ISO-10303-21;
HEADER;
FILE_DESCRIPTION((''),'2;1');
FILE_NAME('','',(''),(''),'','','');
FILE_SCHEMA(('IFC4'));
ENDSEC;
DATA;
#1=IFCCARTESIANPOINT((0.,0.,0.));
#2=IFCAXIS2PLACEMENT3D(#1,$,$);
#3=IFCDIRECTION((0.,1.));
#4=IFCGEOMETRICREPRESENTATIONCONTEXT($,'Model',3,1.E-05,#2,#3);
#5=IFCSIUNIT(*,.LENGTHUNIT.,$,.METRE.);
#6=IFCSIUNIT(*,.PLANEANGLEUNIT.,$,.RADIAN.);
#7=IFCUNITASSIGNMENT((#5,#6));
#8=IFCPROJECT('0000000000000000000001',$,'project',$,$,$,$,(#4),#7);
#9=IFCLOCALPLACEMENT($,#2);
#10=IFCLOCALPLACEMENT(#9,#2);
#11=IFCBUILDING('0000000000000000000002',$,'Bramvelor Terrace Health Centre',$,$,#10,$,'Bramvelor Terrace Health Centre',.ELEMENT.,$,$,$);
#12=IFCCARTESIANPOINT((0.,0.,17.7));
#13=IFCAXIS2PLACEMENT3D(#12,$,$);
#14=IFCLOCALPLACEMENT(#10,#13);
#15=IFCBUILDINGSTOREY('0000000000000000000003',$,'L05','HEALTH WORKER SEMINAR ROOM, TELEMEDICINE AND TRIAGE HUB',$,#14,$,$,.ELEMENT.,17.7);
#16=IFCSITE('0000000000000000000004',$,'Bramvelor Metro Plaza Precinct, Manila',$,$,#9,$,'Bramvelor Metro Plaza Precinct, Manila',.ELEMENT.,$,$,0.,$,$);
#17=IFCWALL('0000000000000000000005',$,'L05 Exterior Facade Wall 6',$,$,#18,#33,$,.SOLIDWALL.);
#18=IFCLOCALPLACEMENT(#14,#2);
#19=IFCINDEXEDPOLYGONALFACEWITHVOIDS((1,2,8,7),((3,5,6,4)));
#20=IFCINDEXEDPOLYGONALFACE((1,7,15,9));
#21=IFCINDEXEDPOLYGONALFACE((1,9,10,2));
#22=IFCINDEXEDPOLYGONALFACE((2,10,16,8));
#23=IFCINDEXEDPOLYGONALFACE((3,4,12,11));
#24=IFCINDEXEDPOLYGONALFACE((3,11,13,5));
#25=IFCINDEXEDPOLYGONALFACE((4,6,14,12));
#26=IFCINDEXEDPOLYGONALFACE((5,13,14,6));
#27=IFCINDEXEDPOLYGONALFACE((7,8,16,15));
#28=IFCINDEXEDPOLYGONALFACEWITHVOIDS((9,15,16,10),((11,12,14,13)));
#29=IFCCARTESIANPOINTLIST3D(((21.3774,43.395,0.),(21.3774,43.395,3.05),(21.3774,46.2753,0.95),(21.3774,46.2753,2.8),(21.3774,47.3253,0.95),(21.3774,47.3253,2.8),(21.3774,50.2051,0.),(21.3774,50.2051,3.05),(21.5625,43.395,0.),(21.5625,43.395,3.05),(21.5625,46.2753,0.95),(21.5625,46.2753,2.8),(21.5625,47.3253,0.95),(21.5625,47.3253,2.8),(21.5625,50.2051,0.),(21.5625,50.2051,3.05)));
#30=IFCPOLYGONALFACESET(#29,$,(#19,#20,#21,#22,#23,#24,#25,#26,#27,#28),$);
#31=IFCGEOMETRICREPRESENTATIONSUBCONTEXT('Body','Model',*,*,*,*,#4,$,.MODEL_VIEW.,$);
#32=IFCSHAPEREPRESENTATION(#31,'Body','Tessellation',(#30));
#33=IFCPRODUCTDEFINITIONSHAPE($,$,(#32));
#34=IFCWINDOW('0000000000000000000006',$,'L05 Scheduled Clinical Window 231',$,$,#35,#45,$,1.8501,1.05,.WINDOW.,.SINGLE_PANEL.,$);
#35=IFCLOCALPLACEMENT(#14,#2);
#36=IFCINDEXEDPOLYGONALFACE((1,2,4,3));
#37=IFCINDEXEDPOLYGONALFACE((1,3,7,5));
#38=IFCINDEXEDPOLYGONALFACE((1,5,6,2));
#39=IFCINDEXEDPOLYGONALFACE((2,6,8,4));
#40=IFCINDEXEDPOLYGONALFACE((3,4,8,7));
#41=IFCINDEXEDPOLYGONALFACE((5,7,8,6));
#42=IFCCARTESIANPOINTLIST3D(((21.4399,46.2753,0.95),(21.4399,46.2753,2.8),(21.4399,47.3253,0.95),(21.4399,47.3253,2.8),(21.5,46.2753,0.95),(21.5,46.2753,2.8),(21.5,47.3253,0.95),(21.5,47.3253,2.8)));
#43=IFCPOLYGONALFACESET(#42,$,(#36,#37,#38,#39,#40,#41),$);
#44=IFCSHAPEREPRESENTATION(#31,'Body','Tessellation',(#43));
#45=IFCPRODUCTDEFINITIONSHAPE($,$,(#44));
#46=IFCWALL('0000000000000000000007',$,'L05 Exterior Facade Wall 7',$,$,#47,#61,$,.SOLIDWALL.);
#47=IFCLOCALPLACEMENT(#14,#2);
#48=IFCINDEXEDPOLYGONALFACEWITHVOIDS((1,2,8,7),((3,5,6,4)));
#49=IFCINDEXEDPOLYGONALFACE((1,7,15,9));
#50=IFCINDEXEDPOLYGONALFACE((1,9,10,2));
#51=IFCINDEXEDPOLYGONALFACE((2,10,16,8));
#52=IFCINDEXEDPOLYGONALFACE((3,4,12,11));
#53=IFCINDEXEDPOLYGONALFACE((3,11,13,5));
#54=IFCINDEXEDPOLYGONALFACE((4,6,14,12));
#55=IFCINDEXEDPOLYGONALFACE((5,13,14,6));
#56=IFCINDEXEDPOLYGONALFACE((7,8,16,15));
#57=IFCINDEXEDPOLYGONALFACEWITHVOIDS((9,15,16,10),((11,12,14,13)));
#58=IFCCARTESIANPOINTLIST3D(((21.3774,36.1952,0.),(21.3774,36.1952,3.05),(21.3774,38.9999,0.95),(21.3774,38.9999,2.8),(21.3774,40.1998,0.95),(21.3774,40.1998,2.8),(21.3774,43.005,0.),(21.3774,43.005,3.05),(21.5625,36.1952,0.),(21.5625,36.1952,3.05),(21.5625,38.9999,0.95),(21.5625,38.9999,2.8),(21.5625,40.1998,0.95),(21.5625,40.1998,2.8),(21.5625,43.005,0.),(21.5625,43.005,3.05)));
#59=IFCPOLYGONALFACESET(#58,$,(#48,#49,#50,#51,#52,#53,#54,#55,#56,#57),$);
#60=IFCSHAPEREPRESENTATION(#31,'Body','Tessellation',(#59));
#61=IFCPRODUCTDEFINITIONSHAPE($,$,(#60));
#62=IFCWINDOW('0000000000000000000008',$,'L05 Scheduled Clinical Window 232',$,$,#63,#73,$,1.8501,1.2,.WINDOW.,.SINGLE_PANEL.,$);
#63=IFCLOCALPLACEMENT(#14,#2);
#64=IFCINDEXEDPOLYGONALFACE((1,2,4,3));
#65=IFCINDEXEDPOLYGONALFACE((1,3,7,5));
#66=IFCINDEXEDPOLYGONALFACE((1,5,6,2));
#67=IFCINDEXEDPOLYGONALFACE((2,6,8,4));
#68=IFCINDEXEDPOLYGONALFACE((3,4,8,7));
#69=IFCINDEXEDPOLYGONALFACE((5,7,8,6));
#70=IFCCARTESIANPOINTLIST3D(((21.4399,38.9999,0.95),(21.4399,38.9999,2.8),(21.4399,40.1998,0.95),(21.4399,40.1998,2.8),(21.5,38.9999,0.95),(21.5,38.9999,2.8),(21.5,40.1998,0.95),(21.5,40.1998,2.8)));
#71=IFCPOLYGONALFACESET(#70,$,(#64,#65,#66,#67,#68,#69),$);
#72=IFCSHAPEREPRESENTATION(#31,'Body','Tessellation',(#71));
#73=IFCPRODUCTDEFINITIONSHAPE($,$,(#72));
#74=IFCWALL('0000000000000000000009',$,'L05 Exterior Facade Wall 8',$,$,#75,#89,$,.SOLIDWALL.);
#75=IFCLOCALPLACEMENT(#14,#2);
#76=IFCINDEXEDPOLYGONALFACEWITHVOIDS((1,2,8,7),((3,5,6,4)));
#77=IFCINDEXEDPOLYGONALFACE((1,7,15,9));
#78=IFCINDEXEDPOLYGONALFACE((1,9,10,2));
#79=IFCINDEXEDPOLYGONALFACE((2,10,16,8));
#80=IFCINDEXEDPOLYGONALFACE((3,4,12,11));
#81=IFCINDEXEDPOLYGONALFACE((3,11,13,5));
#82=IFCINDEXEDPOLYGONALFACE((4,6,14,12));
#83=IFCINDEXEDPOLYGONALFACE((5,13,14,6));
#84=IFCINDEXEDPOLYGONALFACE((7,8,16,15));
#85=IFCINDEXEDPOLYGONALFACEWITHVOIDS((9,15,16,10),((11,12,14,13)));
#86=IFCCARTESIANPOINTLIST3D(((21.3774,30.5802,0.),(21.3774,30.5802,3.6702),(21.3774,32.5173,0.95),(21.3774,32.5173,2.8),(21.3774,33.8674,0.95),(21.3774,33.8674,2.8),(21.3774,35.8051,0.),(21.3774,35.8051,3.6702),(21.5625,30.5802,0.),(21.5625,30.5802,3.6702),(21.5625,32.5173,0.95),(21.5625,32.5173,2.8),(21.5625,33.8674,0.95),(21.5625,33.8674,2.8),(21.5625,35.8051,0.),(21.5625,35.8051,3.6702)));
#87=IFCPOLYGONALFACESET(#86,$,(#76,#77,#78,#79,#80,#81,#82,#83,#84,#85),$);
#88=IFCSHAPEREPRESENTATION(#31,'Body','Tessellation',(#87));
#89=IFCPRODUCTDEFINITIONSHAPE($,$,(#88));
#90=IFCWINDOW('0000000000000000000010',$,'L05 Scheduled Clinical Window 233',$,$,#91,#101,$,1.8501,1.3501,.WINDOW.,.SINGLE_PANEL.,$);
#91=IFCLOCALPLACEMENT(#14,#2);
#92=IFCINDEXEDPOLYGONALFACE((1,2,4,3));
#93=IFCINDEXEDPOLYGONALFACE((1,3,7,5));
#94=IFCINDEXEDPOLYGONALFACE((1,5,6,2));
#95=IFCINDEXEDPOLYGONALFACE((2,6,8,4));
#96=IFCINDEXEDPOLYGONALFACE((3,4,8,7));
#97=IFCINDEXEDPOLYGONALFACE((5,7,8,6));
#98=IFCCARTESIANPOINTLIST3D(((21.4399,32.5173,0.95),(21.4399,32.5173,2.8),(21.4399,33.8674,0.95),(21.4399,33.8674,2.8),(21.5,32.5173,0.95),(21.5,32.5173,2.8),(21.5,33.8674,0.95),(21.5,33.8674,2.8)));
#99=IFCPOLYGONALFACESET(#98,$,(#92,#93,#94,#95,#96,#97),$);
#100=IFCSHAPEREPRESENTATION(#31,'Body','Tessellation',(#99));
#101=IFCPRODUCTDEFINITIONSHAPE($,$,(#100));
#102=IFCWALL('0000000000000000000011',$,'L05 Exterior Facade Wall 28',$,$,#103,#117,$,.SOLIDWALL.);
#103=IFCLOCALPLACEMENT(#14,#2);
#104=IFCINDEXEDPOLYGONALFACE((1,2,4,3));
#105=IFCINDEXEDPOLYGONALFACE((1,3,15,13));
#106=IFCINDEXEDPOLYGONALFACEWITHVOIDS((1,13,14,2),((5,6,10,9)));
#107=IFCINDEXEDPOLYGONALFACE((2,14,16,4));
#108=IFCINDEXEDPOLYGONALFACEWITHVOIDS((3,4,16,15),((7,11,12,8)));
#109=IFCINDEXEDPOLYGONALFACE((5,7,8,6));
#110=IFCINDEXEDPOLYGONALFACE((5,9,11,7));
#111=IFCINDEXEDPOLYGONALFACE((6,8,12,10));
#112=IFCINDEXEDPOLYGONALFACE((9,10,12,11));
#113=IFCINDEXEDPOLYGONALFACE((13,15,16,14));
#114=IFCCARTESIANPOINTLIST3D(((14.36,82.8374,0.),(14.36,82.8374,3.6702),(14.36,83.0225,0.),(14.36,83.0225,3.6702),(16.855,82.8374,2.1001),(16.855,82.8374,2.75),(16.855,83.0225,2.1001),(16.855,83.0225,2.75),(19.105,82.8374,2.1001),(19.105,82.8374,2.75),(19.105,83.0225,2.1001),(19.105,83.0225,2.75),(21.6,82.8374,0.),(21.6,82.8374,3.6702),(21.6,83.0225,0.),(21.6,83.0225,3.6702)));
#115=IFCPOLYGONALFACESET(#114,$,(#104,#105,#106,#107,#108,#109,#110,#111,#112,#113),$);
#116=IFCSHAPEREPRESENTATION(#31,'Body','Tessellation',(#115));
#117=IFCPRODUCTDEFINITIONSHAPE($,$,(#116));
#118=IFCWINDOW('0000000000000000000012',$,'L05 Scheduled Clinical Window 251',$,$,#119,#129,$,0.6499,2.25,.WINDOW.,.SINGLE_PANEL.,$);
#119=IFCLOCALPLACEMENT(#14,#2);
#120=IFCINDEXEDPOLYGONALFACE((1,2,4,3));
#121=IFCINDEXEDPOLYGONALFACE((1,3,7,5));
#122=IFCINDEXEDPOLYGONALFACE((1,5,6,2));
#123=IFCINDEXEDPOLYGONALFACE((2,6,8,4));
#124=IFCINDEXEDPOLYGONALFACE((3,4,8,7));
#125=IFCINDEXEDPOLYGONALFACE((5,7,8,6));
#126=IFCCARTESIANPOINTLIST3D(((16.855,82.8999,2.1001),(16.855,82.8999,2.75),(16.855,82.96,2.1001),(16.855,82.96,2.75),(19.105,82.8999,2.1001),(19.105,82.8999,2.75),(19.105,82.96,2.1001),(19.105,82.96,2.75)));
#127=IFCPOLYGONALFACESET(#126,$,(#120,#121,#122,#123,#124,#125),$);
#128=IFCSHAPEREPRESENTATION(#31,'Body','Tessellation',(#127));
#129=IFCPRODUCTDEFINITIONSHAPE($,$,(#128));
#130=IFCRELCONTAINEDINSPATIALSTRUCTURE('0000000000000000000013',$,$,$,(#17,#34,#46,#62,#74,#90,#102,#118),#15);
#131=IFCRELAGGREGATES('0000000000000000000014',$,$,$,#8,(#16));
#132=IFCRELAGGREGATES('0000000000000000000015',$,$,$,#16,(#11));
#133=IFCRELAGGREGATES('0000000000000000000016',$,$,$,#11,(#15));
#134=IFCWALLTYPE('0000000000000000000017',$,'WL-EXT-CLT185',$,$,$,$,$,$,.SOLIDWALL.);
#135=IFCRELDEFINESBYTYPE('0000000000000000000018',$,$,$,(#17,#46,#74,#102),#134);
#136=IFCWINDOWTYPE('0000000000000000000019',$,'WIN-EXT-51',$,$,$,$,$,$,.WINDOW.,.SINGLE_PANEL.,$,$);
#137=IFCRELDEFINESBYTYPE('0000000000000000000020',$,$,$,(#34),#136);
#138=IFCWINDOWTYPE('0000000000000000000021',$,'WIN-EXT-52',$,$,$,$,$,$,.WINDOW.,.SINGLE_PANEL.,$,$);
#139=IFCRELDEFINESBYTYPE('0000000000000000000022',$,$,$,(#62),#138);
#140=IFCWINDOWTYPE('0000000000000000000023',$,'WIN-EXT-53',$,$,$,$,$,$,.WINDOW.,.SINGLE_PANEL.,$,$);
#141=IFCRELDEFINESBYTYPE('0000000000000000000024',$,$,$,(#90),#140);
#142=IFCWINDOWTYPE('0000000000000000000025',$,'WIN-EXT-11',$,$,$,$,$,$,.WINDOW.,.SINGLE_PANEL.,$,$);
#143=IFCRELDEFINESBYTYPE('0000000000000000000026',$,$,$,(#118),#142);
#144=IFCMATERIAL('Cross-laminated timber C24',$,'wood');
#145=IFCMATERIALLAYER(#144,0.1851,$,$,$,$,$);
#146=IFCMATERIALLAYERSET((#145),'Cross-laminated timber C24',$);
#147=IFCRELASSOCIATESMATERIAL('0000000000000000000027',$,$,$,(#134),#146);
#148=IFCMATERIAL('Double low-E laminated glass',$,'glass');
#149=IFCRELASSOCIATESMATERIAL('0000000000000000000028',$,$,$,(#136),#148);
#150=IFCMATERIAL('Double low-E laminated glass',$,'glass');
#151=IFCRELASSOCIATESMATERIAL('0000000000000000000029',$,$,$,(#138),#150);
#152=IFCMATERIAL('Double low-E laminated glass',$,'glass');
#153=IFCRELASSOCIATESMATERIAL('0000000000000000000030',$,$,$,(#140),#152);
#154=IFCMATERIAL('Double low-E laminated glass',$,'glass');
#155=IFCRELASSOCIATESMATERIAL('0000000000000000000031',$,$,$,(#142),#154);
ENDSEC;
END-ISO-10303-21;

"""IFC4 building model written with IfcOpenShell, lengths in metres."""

from ifc_helpers import new_model, si_unit, direction, frame, frame_2d, origin, place, context, subcontext, project, spatial, rectangle, extrude, material, layer, layer_set, type_object, element, fill, save


model = new_model("IFC4")

# Units and contexts
model_context = context("Model", 3, precision=1e-05, world=origin(), true_north=direction((0.0, 1.0)))
body_context = subcontext(model_context, "Body", "Model", "MODEL_VIEW")
ifc_project = project(units=[si_unit("LENGTHUNIT", "METRE"), si_unit("PLANEANGLEUNIT", "RADIAN")], contexts=[model_context])

# Site, building, storey
site_placement = place(None, origin())
site = spatial("IfcSite", under=ifc_project, at=site_placement, Name="Bramvelor Metro Plaza Precinct, Manila", LongName="Bramvelor Metro Plaza Precinct, Manila", CompositionType="ELEMENT", RefElevation=0.0)
building_placement = place(site_placement, origin())
building = spatial("IfcBuilding", under=site, at=building_placement, Name="Bramvelor Terrace Health Centre", LongName="Bramvelor Terrace Health Centre", CompositionType="ELEMENT")
storey_placement = place(building_placement, frame((0.0, 0.0, 17.7)))
storey = spatial("IfcBuildingStorey", under=building, at=storey_placement, Name="L05", Description="HEALTH WORKER SEMINAR ROOM, TELEMEDICINE AND TRIAGE HUB", CompositionType="ELEMENT", Elevation=17.7)

# Walls, openings, windows
ifc_material_1 = material(Name="Cross-laminated timber C24", Category="wood")
ifc_layer_1 = layer(ifc_material_1, 0.1851)
ifc_layer_set_1 = layer_set([ifc_layer_1], Name="Cross-laminated timber C24")
wall_type_1 = type_object("IfcWallType", Name="WL-EXT-CLT185", PredefinedType="SOLIDWALL", material=ifc_layer_set_1)
wall_1_placement = place(storey_placement, frame((21.47, 50.2051, 0.0), z_axis=(0.0, 0.0, 1.0), x_axis=(0.0, -1.0, 0.0)))
wall_1 = element("IfcWall", 1, at=wall_1_placement, inside=storey, type_object=wall_type_1, Name="L05 Exterior Facade Wall 6", PredefinedType="SOLIDWALL", context=body_context, shape_type="SweptSolid", body=[
    extrude(rectangle(XDim=6.8101, YDim=0.1851, at=frame_2d((3.405, 0.0))), origin(), (0.0, 0.0, 1.0), 3.05),
])
opening_1_placement = place(wall_1_placement, frame((2.8799, 0.0, 0.95)))
opening_1 = element("IfcOpeningElement", 2, at=opening_1_placement, cuts=wall_1, PredefinedType="OPENING", context=body_context, shape_type="SweptSolid", body=[
    extrude(rectangle(XDim=1.05, YDim=1.8501, at=frame_2d((0.5249, 0.925))), frame((0.0, 0.1025, 0.0), z_axis=(0.0, -1.0, 0.0), x_axis=(1.0, 0.0, 0.0)), (0.0, 0.0, 1.0), 0.2051),
])
ifc_material_2 = material(Name="Double low-E laminated glass", Category="glass")
window_type_1 = type_object("IfcWindowType", Name="WIN-EXT-51", PartitioningType="SINGLE_PANEL", PredefinedType="WINDOW", material=ifc_material_2)
window_1_placement = place(opening_1_placement, origin())
window_1 = element("IfcWindow", 3, at=window_1_placement, inside=storey, type_object=window_type_1, Name="L05 Scheduled Clinical Window 231", OverallHeight=1.8501, OverallWidth=1.05, PartitioningType="SINGLE_PANEL", PredefinedType="WINDOW", context=body_context, shape_type="SweptSolid", body=[
    extrude(rectangle(XDim=1.05, YDim=1.8501, at=frame_2d((0.5249, 0.925))), frame((0.0, 0.03, 0.0), z_axis=(0.0, -1.0, 0.0), x_axis=(1.0, 0.0, 0.0)), (0.0, 0.0, 1.0), 0.0601),
])
fill(opening_1, window_1)
wall_2_placement = place(storey_placement, frame((21.47, 43.0049, 0.0), z_axis=(0.0, 0.0, 1.0), x_axis=(0.0, -1.0, 0.0)))
wall_2 = element("IfcWall", 4, at=wall_2_placement, inside=storey, type_object=wall_type_1, Name="L05 Exterior Facade Wall 7", PredefinedType="SOLIDWALL", context=body_context, shape_type="SweptSolid", body=[
    extrude(rectangle(XDim=6.8098, YDim=0.1851, at=frame_2d((3.4048, 0.0))), origin(), (0.0, 0.0, 1.0), 3.05),
])
opening_2_placement = place(wall_2_placement, frame((2.8049, 0.0, 0.95)))
opening_2 = element("IfcOpeningElement", 5, at=opening_2_placement, cuts=wall_2, PredefinedType="OPENING", context=body_context, shape_type="SweptSolid", body=[
    extrude(rectangle(XDim=1.2, YDim=1.8501, at=frame_2d((0.6001, 0.925))), frame((0.0, 0.1025, 0.0), z_axis=(0.0, -1.0, 0.0), x_axis=(1.0, 0.0, 0.0)), (0.0, 0.0, 1.0), 0.2051),
])
ifc_material_3 = material(Name="Double low-E laminated glass", Category="glass")
window_type_2 = type_object("IfcWindowType", Name="WIN-EXT-52", PartitioningType="SINGLE_PANEL", PredefinedType="WINDOW", material=ifc_material_3)
window_2_placement = place(opening_2_placement, origin())
window_2 = element("IfcWindow", 6, at=window_2_placement, inside=storey, type_object=window_type_2, Name="L05 Scheduled Clinical Window 232", OverallHeight=1.8501, OverallWidth=1.2, PartitioningType="SINGLE_PANEL", PredefinedType="WINDOW", context=body_context, shape_type="SweptSolid", body=[
    extrude(rectangle(XDim=1.2, YDim=1.8501, at=frame_2d((0.6001, 0.925))), frame((0.0, 0.03, 0.0), z_axis=(0.0, -1.0, 0.0), x_axis=(1.0, 0.0, 0.0)), (0.0, 0.0, 1.0), 0.0601),
])
fill(opening_2, window_2)
wall_3_placement = place(storey_placement, frame((21.47, 35.8049, 0.0), z_axis=(0.0, 0.0, 1.0), x_axis=(0.0, -1.0, 0.0)))
wall_3 = element("IfcWall", 7, at=wall_3_placement, inside=storey, type_object=wall_type_1, Name="L05 Exterior Facade Wall 8", PredefinedType="SOLIDWALL", context=body_context, shape_type="SweptSolid", body=[
    extrude(rectangle(XDim=5.2249, YDim=0.1851, at=frame_2d((2.6123, 0.0))), origin(), (0.0, 0.0, 1.0), 3.6702),
])
opening_3_placement = place(wall_3_placement, frame((1.9375, 0.0, 0.95)))
opening_3 = element("IfcOpeningElement", 8, at=opening_3_placement, cuts=wall_3, PredefinedType="OPENING", context=body_context, shape_type="SweptSolid", body=[
    extrude(rectangle(XDim=1.3501, YDim=1.8501, at=frame_2d((0.675, 0.925))), frame((0.0, 0.1025, 0.0), z_axis=(0.0, -1.0, 0.0), x_axis=(1.0, 0.0, 0.0)), (0.0, 0.0, 1.0), 0.2051),
])
ifc_material_4 = material(Name="Double low-E laminated glass", Category="glass")
window_type_3 = type_object("IfcWindowType", Name="WIN-EXT-53", PartitioningType="SINGLE_PANEL", PredefinedType="WINDOW", material=ifc_material_4)
window_3_placement = place(opening_3_placement, origin())
window_3 = element("IfcWindow", 9, at=window_3_placement, inside=storey, type_object=window_type_3, Name="L05 Scheduled Clinical Window 233", OverallHeight=1.8501, OverallWidth=1.3501, PartitioningType="SINGLE_PANEL", PredefinedType="WINDOW", context=body_context, shape_type="SweptSolid", body=[
    extrude(rectangle(XDim=1.3501, YDim=1.8501, at=frame_2d((0.675, 0.925))), frame((0.0, 0.03, 0.0), z_axis=(0.0, -1.0, 0.0), x_axis=(1.0, 0.0, 0.0)), (0.0, 0.0, 1.0), 0.0601),
])
fill(opening_3, window_3)
wall_4_placement = place(storey_placement, frame((21.6001, 82.9299, 0.0), z_axis=(0.0, 0.0, 1.0), x_axis=(-1.0, 0.0, 0.0)))
wall_4 = element("IfcWall", 10, at=wall_4_placement, inside=storey, type_object=wall_type_1, Name="L05 Exterior Facade Wall 28", PredefinedType="SOLIDWALL", context=body_context, shape_type="SweptSolid", body=[
    extrude(rectangle(XDim=7.24, YDim=0.1851, at=frame_2d((3.6201, 0.0))), origin(), (0.0, 0.0, 1.0), 3.6702),
])
opening_4_placement = place(wall_4_placement, frame((2.4951, 0.0, 2.1001)))
opening_4 = element("IfcOpeningElement", 11, at=opening_4_placement, cuts=wall_4, PredefinedType="OPENING", context=body_context, shape_type="SweptSolid", body=[
    extrude(rectangle(XDim=2.25, YDim=0.6499, at=frame_2d((1.125, 0.325))), frame((0.0, 0.1025, 0.0), z_axis=(0.0, -1.0, 0.0), x_axis=(1.0, 0.0, 0.0)), (0.0, 0.0, 1.0), 0.2051),
])
ifc_material_5 = material(Name="Double low-E laminated glass", Category="glass")
window_type_4 = type_object("IfcWindowType", Name="WIN-EXT-11", PartitioningType="SINGLE_PANEL", PredefinedType="WINDOW", material=ifc_material_5)
window_4_placement = place(opening_4_placement, origin())
window_4 = element("IfcWindow", 12, at=window_4_placement, inside=storey, type_object=window_type_4, Name="L05 Scheduled Clinical Window 251", OverallHeight=0.6499, OverallWidth=2.25, PartitioningType="SINGLE_PANEL", PredefinedType="WINDOW", context=body_context, shape_type="SweptSolid", body=[
    extrude(rectangle(XDim=2.25, YDim=0.6499, at=frame_2d((1.125, 0.325))), frame((0.0, 0.03, 0.0), z_axis=(0.0, -1.0, 0.0), x_axis=(1.0, 0.0, 0.0)), (0.0, 0.0, 1.0), 0.0601),
])
fill(opening_4, window_4)

save(model, "model.ifc")
